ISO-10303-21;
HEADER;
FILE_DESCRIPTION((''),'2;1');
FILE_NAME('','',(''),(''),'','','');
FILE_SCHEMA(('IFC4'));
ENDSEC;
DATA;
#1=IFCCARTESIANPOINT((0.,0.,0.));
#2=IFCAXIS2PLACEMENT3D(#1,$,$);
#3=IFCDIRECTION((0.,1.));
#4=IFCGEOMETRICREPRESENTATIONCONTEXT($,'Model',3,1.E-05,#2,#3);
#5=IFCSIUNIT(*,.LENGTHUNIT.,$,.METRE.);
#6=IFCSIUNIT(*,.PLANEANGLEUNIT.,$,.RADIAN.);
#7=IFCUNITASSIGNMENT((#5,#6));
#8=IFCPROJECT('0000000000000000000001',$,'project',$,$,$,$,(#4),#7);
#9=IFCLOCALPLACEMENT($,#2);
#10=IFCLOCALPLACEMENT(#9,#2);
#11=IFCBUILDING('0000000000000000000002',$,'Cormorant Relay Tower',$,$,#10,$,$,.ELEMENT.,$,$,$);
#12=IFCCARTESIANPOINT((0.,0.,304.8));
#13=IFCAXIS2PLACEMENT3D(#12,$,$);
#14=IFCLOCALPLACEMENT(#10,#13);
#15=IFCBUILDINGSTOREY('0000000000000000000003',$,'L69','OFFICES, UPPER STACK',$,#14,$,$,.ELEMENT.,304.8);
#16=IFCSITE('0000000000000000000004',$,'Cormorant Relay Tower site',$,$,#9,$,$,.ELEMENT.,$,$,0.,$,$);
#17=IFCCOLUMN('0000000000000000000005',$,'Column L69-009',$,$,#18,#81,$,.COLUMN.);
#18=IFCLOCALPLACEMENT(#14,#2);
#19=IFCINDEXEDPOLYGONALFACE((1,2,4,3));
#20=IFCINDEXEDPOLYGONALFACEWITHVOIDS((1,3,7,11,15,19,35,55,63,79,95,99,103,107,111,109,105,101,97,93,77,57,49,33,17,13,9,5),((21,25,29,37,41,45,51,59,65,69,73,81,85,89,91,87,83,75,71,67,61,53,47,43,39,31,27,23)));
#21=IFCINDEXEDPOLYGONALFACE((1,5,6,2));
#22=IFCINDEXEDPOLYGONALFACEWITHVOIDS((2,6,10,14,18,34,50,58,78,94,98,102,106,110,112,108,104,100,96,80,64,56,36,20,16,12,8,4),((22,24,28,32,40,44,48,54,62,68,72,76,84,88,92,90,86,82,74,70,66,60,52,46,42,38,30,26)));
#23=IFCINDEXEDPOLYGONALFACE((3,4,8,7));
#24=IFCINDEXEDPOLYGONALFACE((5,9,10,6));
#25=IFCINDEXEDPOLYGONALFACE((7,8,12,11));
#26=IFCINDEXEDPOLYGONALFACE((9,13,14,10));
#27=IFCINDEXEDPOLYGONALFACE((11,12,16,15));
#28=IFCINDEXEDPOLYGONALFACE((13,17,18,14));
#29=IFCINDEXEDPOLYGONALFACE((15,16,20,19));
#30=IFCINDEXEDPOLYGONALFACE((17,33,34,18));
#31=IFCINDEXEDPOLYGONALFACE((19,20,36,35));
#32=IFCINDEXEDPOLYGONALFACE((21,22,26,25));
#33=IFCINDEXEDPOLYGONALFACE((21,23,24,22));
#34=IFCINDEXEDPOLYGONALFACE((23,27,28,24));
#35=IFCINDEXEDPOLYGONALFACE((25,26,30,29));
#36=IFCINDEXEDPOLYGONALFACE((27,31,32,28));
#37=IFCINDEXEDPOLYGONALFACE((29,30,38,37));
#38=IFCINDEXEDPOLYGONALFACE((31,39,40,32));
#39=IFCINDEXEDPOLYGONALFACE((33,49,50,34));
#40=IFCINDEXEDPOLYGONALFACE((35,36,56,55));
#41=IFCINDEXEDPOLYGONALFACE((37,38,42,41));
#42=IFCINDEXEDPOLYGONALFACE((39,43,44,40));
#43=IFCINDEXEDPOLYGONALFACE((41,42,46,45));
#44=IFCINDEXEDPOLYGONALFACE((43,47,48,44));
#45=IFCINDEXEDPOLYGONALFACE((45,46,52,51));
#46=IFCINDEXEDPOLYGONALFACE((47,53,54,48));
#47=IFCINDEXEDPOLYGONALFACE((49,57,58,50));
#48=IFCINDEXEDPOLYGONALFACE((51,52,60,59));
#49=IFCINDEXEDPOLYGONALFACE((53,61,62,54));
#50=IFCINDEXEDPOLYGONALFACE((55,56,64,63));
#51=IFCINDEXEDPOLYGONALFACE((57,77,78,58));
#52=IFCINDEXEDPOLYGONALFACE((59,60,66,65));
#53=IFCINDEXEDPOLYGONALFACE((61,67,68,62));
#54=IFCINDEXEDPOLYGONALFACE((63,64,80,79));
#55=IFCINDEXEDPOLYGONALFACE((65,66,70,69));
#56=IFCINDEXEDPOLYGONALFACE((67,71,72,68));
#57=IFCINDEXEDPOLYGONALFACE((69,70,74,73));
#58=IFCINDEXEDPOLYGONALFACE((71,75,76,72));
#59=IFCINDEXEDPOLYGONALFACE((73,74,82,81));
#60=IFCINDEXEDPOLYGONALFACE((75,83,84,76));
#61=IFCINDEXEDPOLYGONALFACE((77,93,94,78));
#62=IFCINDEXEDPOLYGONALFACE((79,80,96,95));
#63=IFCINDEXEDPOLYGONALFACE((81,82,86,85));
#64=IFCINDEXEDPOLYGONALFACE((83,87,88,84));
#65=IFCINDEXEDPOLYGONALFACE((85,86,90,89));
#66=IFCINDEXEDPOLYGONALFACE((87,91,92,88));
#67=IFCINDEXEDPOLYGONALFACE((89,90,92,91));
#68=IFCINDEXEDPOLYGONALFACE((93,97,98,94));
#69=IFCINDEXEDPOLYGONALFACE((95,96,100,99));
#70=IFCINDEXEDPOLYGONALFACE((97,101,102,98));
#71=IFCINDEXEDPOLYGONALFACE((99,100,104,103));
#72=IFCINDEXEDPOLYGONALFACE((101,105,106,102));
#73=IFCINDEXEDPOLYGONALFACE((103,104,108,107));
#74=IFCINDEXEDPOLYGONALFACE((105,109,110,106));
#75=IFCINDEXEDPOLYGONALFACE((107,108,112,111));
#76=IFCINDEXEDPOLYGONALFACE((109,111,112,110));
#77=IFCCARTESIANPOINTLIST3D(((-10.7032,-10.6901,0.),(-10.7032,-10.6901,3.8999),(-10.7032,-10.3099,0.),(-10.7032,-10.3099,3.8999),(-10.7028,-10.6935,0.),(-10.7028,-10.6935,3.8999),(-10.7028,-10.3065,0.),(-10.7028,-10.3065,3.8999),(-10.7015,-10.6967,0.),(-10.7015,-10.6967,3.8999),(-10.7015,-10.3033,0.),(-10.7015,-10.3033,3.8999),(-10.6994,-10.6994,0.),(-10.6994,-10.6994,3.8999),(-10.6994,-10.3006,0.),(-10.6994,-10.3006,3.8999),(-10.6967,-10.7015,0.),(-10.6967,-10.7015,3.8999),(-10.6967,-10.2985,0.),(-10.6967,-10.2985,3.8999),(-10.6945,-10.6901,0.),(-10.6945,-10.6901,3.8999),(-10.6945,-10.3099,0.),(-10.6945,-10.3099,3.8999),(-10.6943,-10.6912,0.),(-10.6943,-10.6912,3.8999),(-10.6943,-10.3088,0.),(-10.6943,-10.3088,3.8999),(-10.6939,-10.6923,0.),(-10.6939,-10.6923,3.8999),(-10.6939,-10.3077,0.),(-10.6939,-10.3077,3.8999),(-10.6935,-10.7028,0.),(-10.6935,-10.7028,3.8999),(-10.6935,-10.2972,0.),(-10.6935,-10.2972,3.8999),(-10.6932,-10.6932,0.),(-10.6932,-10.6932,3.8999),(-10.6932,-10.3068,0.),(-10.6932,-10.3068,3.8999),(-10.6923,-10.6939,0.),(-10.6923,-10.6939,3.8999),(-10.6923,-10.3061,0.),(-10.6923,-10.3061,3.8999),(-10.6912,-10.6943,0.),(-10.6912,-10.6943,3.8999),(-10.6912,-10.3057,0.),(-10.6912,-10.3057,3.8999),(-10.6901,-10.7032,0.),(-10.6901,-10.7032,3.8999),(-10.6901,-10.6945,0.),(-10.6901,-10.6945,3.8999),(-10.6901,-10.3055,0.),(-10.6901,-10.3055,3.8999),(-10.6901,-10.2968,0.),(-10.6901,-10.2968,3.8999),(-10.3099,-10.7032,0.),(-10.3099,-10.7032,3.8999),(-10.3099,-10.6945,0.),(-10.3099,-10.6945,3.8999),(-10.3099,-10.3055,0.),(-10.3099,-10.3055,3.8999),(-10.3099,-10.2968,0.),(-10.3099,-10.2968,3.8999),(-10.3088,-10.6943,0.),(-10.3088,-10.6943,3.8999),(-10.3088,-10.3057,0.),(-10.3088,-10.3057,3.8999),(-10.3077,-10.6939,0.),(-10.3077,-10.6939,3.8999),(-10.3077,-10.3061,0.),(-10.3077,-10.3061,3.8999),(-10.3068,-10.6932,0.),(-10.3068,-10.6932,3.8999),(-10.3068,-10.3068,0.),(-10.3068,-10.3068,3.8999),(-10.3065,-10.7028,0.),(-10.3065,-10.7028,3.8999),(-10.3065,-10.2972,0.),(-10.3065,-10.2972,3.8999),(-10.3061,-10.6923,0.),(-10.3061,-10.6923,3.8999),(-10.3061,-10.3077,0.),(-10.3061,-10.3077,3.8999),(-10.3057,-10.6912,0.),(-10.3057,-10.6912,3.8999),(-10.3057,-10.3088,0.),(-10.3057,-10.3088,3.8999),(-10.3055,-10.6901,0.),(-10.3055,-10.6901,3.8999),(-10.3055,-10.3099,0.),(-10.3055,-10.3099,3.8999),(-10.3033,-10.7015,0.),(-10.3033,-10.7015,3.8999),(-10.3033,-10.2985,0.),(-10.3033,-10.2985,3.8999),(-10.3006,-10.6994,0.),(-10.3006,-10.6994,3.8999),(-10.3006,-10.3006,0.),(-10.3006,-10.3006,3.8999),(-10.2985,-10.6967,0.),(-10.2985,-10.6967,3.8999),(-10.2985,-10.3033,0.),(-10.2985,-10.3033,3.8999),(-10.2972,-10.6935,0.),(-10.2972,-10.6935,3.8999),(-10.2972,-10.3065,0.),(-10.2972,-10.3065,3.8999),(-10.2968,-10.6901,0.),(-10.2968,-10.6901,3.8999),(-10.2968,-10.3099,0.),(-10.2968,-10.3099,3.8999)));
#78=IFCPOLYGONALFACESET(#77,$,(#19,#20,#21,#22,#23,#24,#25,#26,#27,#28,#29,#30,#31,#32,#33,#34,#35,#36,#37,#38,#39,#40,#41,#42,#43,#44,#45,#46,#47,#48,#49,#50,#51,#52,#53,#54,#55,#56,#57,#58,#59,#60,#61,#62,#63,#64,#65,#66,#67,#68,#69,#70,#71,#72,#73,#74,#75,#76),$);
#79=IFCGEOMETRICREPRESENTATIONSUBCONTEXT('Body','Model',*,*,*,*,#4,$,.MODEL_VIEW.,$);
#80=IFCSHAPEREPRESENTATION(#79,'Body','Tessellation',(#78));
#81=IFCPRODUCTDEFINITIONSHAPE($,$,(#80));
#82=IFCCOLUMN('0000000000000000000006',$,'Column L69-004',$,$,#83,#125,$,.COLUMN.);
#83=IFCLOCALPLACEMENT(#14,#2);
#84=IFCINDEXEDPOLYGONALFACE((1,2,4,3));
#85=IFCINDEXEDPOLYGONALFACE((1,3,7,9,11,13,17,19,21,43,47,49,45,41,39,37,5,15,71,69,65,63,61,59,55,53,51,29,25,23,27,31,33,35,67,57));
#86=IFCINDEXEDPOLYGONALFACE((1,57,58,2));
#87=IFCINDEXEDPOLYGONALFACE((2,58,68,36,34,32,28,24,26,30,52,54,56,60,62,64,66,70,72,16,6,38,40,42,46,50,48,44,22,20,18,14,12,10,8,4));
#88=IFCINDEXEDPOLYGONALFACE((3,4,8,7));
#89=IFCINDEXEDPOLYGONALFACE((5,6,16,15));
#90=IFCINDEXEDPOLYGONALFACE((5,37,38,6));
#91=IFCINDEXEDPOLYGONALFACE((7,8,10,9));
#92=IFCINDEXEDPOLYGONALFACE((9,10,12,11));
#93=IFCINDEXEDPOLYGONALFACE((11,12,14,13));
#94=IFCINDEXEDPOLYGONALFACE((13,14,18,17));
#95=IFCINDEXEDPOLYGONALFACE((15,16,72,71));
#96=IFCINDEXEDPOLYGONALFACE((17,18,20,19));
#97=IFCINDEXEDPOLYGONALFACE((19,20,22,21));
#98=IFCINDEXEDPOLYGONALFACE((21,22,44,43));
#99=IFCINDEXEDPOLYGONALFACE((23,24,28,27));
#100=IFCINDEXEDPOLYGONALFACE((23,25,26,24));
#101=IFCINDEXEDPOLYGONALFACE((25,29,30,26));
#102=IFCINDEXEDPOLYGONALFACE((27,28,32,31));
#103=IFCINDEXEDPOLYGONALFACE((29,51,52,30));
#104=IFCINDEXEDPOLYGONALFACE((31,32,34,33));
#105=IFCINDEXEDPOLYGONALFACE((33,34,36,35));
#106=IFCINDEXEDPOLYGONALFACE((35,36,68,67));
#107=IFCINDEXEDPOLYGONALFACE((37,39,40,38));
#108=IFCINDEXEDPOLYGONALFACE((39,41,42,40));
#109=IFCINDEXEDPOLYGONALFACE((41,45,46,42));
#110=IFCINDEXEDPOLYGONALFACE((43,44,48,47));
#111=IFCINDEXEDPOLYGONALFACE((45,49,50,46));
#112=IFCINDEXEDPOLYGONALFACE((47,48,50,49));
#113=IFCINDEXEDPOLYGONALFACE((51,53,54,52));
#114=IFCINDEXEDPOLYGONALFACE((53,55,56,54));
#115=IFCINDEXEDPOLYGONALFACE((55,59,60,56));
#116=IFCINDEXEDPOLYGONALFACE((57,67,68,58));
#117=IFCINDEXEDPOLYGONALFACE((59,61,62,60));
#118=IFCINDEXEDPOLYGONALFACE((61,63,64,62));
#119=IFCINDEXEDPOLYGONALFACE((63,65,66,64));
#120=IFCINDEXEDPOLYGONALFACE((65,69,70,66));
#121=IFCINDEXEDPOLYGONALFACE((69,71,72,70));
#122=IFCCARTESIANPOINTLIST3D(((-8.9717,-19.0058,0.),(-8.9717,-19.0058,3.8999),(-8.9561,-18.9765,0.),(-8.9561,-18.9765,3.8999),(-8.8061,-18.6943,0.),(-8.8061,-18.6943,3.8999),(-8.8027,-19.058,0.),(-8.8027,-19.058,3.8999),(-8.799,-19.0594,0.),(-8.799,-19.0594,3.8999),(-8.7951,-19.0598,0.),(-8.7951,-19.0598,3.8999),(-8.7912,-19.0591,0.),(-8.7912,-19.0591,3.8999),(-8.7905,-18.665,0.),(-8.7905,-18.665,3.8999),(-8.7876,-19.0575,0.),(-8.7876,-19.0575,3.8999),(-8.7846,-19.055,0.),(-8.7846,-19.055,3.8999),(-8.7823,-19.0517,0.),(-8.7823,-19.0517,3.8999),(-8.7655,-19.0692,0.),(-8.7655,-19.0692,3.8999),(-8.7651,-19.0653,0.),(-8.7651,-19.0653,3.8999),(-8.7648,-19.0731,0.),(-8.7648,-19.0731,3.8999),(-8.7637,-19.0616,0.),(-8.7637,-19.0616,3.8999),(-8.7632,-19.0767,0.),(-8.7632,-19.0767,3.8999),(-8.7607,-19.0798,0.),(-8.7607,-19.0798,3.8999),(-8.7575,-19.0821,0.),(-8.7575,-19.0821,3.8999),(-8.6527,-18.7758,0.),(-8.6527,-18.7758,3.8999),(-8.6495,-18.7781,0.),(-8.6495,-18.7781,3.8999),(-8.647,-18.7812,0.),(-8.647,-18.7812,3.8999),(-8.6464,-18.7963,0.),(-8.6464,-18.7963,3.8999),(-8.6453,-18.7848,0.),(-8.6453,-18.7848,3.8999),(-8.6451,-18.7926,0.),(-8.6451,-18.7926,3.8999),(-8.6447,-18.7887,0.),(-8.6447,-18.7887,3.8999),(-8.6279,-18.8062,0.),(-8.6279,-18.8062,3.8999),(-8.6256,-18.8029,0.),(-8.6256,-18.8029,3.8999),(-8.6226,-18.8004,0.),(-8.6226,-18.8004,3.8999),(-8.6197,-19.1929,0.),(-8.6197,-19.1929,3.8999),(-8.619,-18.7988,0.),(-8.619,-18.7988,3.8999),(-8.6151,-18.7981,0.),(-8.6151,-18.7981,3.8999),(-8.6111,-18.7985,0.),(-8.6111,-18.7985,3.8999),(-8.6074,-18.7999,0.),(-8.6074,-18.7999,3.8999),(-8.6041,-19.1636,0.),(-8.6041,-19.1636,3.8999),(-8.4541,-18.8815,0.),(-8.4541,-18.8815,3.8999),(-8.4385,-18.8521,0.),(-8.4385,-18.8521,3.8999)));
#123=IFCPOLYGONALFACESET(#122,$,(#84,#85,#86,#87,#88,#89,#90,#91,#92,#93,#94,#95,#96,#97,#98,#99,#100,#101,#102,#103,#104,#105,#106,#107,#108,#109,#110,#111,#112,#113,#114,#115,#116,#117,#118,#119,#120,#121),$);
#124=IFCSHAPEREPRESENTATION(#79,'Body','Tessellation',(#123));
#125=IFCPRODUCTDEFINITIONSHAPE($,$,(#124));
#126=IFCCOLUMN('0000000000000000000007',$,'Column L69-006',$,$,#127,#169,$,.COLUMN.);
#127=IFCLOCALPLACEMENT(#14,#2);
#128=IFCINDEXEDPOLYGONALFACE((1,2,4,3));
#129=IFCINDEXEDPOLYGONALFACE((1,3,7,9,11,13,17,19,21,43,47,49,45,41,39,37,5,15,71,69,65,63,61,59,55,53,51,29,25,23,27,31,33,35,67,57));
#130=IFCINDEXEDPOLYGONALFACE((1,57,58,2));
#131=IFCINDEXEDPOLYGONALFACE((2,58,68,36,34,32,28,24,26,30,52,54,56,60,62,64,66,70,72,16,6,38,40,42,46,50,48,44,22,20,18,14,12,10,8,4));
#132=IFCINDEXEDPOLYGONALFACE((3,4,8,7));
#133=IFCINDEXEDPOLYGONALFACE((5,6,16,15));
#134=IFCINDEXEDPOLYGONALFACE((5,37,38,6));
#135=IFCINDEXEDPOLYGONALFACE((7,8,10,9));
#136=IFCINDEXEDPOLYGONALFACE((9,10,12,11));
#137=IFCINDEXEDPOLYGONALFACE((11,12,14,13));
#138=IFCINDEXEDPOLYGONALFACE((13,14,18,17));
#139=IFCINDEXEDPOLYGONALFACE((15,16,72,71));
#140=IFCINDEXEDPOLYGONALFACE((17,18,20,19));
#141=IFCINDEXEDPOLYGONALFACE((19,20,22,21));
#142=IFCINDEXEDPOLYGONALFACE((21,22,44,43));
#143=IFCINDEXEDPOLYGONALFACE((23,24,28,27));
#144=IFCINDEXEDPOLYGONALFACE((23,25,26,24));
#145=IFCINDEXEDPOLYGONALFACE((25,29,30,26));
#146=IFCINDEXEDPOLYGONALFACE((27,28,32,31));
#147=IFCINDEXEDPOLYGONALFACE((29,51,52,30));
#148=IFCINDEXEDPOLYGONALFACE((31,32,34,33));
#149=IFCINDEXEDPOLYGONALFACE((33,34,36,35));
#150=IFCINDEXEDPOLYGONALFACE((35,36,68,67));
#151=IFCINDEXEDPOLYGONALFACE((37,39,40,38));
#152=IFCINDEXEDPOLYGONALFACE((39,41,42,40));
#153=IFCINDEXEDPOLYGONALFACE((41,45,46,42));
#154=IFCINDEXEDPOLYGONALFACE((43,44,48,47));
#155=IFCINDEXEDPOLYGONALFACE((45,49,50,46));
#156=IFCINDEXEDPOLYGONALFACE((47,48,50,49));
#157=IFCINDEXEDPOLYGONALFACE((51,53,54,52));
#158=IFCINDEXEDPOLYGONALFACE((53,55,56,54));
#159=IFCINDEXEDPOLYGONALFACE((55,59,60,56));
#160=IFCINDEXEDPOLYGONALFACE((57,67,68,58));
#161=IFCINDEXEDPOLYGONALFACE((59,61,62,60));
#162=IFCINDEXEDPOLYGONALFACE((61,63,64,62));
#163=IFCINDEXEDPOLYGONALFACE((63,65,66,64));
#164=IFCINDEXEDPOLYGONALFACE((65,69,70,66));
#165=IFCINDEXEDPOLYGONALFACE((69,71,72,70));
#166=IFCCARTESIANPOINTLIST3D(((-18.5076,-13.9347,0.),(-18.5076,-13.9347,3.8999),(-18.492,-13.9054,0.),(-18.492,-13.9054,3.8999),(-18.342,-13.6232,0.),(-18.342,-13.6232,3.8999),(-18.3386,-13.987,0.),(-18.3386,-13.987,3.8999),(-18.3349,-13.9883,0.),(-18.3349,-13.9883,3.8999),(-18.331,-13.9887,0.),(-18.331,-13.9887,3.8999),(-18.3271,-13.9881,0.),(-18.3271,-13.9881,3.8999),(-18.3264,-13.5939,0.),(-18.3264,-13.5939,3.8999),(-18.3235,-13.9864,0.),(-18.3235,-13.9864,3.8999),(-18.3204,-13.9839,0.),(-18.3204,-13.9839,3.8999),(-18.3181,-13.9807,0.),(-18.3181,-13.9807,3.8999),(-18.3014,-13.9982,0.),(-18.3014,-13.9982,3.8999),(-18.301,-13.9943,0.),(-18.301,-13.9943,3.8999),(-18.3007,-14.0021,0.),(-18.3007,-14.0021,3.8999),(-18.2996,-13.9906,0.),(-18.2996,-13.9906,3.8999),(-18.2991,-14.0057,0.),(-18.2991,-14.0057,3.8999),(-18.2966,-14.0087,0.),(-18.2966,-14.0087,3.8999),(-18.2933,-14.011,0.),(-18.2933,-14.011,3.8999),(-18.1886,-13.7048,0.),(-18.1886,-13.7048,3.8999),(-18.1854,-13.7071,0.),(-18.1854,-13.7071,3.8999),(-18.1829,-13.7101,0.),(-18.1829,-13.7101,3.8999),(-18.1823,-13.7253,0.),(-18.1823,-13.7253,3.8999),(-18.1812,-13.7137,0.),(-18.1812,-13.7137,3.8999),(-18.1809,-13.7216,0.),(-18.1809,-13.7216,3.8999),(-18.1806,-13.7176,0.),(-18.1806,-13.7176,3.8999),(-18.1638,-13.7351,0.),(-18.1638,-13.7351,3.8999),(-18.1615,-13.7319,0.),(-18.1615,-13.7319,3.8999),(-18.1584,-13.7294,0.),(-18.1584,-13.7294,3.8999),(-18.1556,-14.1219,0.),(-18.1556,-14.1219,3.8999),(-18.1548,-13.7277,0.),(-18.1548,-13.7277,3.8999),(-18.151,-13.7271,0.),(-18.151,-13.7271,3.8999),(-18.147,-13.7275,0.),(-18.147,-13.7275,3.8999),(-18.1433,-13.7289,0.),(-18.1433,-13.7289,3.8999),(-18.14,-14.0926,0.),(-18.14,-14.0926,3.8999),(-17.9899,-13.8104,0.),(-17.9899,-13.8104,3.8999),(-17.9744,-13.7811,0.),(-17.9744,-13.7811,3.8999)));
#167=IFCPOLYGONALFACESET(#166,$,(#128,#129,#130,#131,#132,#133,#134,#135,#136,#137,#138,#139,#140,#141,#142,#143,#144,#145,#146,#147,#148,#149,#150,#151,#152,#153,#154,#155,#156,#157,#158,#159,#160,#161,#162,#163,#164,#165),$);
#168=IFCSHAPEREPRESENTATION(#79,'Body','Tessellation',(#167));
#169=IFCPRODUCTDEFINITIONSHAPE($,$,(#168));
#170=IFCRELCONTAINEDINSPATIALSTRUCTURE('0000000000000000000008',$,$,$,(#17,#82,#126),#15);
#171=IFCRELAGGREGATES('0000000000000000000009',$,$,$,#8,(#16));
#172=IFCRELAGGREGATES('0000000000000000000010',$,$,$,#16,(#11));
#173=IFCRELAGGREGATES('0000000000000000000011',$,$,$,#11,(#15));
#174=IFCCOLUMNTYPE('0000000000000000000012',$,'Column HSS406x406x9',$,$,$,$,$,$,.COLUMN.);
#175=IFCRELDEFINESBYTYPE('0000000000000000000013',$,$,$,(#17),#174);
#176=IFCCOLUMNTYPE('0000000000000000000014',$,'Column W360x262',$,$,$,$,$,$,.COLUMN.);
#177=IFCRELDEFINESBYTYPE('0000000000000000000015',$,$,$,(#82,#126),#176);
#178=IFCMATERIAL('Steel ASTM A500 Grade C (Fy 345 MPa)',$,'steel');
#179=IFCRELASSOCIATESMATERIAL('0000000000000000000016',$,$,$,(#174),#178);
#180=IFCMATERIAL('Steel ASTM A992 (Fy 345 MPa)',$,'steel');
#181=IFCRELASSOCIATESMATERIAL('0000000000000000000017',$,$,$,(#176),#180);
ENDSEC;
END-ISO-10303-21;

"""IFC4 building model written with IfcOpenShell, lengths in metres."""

from ifc_helpers import new_model, si_unit, direction, frame, origin, origin_2d, place, context, subcontext, project, spatial, hollow_rectangle, i_section, extrude, material, material_profile, profile_set, type_object, element, save


model = new_model("IFC4")

# Units and contexts
model_context = context("Model", 3, precision=1e-05, world=origin(), true_north=direction((0.0, 1.0)))
body_context = subcontext(model_context, "Body", "Model", "MODEL_VIEW")
ifc_project = project(units=[si_unit("LENGTHUNIT", "METRE"), si_unit("PLANEANGLEUNIT", "RADIAN")], contexts=[model_context])

# Site, building, storey
site_placement = place(None, origin())
site = spatial("IfcSite", under=ifc_project, at=site_placement, Name="Cormorant Relay Tower site", CompositionType="ELEMENT", RefElevation=0.0)
building_placement = place(site_placement, origin())
building = spatial("IfcBuilding", under=site, at=building_placement, Name="Cormorant Relay Tower", CompositionType="ELEMENT")
storey_placement = place(building_placement, frame((0.0, 0.0, 304.8)))
storey = spatial("IfcBuildingStorey", under=building, at=storey_placement, Name="L69", Description="OFFICES, UPPER STACK", CompositionType="ELEMENT", Elevation=304.8)

# Columns
ifc_material_1 = material(Name="Steel ASTM A500 Grade C (Fy 345 MPa)", Category="steel")
ifc_material_profile_1 = material_profile(ifc_material_1, hollow_rectangle(XDim=0.4065, YDim=0.4065, WallThickness=0.0088, InnerFilletRadius=0.0044, OuterFilletRadius=0.0132, at=origin_2d()), Name="HSS406x406x9")
ifc_profile_set_1 = profile_set([ifc_material_profile_1], Name="Steel ASTM A500 Grade C (Fy 345 MPa)")
column_type_1 = type_object("IfcColumnType", Name="Column HSS406x406x9", PredefinedType="COLUMN", material=ifc_profile_set_1)
column_placement = place(storey_placement, frame((-10.5, -10.5, 0.0), z_axis=(0.0, 0.0, 1.0), x_axis=(1.0, 0.0, 0.0)))
element("IfcColumn", 1, at=column_placement, inside=storey, type_object=column_type_1, Name="Column L69-009", PredefinedType="COLUMN", context=body_context, shape_type="SweptSolid", body=[
    extrude(hollow_rectangle(XDim=0.4065, YDim=0.4065, WallThickness=0.0088, InnerFilletRadius=0.0044, OuterFilletRadius=0.0132, at=origin_2d()), origin(), (0.0, 0.0, 1.0), 3.8999),
])
ifc_material_2 = material(Name="Steel ASTM A992 (Fy 345 MPa)", Category="steel")
ifc_material_profile_2 = material_profile(ifc_material_2, i_section(OverallWidth=0.3987, OverallDepth=0.386, WebThickness=0.021, FlangeThickness=0.0332, FilletRadius=0.0151, at=origin_2d()), Name="W360x262")
ifc_profile_set_2 = profile_set([ifc_material_profile_2], Name="Steel ASTM A992 (Fy 345 MPa)")
column_type_2 = type_object("IfcColumnType", Name="Column W360x262", PredefinedType="COLUMN", material=ifc_profile_set_2)
for number, where, z_axis, x_axis, name in (
    (2, (-8.7051, -18.929, 0.0), (0.0, 0.0, 1.0), (0.882948, -0.469472, 0.0), "Column L69-004"),
    (3, (-18.241, -13.8579, 0.0), (0.0, 0.0, 1.0), (0.882948, -0.469472, 0.0), "Column L69-006"),
):
    element("IfcColumn", number, at=place(storey_placement, frame(where, z_axis=z_axis, x_axis=x_axis)), inside=storey, type_object=column_type_2, Name=name, PredefinedType="COLUMN", context=body_context, shape_type="SweptSolid", body=[
        extrude(i_section(OverallWidth=0.3987, OverallDepth=0.386, WebThickness=0.021, FlangeThickness=0.0332, FilletRadius=0.0151, at=origin_2d()), origin(), (0.0, 0.0, 1.0), 3.8999),
    ])

save(model, "model.ifc")
